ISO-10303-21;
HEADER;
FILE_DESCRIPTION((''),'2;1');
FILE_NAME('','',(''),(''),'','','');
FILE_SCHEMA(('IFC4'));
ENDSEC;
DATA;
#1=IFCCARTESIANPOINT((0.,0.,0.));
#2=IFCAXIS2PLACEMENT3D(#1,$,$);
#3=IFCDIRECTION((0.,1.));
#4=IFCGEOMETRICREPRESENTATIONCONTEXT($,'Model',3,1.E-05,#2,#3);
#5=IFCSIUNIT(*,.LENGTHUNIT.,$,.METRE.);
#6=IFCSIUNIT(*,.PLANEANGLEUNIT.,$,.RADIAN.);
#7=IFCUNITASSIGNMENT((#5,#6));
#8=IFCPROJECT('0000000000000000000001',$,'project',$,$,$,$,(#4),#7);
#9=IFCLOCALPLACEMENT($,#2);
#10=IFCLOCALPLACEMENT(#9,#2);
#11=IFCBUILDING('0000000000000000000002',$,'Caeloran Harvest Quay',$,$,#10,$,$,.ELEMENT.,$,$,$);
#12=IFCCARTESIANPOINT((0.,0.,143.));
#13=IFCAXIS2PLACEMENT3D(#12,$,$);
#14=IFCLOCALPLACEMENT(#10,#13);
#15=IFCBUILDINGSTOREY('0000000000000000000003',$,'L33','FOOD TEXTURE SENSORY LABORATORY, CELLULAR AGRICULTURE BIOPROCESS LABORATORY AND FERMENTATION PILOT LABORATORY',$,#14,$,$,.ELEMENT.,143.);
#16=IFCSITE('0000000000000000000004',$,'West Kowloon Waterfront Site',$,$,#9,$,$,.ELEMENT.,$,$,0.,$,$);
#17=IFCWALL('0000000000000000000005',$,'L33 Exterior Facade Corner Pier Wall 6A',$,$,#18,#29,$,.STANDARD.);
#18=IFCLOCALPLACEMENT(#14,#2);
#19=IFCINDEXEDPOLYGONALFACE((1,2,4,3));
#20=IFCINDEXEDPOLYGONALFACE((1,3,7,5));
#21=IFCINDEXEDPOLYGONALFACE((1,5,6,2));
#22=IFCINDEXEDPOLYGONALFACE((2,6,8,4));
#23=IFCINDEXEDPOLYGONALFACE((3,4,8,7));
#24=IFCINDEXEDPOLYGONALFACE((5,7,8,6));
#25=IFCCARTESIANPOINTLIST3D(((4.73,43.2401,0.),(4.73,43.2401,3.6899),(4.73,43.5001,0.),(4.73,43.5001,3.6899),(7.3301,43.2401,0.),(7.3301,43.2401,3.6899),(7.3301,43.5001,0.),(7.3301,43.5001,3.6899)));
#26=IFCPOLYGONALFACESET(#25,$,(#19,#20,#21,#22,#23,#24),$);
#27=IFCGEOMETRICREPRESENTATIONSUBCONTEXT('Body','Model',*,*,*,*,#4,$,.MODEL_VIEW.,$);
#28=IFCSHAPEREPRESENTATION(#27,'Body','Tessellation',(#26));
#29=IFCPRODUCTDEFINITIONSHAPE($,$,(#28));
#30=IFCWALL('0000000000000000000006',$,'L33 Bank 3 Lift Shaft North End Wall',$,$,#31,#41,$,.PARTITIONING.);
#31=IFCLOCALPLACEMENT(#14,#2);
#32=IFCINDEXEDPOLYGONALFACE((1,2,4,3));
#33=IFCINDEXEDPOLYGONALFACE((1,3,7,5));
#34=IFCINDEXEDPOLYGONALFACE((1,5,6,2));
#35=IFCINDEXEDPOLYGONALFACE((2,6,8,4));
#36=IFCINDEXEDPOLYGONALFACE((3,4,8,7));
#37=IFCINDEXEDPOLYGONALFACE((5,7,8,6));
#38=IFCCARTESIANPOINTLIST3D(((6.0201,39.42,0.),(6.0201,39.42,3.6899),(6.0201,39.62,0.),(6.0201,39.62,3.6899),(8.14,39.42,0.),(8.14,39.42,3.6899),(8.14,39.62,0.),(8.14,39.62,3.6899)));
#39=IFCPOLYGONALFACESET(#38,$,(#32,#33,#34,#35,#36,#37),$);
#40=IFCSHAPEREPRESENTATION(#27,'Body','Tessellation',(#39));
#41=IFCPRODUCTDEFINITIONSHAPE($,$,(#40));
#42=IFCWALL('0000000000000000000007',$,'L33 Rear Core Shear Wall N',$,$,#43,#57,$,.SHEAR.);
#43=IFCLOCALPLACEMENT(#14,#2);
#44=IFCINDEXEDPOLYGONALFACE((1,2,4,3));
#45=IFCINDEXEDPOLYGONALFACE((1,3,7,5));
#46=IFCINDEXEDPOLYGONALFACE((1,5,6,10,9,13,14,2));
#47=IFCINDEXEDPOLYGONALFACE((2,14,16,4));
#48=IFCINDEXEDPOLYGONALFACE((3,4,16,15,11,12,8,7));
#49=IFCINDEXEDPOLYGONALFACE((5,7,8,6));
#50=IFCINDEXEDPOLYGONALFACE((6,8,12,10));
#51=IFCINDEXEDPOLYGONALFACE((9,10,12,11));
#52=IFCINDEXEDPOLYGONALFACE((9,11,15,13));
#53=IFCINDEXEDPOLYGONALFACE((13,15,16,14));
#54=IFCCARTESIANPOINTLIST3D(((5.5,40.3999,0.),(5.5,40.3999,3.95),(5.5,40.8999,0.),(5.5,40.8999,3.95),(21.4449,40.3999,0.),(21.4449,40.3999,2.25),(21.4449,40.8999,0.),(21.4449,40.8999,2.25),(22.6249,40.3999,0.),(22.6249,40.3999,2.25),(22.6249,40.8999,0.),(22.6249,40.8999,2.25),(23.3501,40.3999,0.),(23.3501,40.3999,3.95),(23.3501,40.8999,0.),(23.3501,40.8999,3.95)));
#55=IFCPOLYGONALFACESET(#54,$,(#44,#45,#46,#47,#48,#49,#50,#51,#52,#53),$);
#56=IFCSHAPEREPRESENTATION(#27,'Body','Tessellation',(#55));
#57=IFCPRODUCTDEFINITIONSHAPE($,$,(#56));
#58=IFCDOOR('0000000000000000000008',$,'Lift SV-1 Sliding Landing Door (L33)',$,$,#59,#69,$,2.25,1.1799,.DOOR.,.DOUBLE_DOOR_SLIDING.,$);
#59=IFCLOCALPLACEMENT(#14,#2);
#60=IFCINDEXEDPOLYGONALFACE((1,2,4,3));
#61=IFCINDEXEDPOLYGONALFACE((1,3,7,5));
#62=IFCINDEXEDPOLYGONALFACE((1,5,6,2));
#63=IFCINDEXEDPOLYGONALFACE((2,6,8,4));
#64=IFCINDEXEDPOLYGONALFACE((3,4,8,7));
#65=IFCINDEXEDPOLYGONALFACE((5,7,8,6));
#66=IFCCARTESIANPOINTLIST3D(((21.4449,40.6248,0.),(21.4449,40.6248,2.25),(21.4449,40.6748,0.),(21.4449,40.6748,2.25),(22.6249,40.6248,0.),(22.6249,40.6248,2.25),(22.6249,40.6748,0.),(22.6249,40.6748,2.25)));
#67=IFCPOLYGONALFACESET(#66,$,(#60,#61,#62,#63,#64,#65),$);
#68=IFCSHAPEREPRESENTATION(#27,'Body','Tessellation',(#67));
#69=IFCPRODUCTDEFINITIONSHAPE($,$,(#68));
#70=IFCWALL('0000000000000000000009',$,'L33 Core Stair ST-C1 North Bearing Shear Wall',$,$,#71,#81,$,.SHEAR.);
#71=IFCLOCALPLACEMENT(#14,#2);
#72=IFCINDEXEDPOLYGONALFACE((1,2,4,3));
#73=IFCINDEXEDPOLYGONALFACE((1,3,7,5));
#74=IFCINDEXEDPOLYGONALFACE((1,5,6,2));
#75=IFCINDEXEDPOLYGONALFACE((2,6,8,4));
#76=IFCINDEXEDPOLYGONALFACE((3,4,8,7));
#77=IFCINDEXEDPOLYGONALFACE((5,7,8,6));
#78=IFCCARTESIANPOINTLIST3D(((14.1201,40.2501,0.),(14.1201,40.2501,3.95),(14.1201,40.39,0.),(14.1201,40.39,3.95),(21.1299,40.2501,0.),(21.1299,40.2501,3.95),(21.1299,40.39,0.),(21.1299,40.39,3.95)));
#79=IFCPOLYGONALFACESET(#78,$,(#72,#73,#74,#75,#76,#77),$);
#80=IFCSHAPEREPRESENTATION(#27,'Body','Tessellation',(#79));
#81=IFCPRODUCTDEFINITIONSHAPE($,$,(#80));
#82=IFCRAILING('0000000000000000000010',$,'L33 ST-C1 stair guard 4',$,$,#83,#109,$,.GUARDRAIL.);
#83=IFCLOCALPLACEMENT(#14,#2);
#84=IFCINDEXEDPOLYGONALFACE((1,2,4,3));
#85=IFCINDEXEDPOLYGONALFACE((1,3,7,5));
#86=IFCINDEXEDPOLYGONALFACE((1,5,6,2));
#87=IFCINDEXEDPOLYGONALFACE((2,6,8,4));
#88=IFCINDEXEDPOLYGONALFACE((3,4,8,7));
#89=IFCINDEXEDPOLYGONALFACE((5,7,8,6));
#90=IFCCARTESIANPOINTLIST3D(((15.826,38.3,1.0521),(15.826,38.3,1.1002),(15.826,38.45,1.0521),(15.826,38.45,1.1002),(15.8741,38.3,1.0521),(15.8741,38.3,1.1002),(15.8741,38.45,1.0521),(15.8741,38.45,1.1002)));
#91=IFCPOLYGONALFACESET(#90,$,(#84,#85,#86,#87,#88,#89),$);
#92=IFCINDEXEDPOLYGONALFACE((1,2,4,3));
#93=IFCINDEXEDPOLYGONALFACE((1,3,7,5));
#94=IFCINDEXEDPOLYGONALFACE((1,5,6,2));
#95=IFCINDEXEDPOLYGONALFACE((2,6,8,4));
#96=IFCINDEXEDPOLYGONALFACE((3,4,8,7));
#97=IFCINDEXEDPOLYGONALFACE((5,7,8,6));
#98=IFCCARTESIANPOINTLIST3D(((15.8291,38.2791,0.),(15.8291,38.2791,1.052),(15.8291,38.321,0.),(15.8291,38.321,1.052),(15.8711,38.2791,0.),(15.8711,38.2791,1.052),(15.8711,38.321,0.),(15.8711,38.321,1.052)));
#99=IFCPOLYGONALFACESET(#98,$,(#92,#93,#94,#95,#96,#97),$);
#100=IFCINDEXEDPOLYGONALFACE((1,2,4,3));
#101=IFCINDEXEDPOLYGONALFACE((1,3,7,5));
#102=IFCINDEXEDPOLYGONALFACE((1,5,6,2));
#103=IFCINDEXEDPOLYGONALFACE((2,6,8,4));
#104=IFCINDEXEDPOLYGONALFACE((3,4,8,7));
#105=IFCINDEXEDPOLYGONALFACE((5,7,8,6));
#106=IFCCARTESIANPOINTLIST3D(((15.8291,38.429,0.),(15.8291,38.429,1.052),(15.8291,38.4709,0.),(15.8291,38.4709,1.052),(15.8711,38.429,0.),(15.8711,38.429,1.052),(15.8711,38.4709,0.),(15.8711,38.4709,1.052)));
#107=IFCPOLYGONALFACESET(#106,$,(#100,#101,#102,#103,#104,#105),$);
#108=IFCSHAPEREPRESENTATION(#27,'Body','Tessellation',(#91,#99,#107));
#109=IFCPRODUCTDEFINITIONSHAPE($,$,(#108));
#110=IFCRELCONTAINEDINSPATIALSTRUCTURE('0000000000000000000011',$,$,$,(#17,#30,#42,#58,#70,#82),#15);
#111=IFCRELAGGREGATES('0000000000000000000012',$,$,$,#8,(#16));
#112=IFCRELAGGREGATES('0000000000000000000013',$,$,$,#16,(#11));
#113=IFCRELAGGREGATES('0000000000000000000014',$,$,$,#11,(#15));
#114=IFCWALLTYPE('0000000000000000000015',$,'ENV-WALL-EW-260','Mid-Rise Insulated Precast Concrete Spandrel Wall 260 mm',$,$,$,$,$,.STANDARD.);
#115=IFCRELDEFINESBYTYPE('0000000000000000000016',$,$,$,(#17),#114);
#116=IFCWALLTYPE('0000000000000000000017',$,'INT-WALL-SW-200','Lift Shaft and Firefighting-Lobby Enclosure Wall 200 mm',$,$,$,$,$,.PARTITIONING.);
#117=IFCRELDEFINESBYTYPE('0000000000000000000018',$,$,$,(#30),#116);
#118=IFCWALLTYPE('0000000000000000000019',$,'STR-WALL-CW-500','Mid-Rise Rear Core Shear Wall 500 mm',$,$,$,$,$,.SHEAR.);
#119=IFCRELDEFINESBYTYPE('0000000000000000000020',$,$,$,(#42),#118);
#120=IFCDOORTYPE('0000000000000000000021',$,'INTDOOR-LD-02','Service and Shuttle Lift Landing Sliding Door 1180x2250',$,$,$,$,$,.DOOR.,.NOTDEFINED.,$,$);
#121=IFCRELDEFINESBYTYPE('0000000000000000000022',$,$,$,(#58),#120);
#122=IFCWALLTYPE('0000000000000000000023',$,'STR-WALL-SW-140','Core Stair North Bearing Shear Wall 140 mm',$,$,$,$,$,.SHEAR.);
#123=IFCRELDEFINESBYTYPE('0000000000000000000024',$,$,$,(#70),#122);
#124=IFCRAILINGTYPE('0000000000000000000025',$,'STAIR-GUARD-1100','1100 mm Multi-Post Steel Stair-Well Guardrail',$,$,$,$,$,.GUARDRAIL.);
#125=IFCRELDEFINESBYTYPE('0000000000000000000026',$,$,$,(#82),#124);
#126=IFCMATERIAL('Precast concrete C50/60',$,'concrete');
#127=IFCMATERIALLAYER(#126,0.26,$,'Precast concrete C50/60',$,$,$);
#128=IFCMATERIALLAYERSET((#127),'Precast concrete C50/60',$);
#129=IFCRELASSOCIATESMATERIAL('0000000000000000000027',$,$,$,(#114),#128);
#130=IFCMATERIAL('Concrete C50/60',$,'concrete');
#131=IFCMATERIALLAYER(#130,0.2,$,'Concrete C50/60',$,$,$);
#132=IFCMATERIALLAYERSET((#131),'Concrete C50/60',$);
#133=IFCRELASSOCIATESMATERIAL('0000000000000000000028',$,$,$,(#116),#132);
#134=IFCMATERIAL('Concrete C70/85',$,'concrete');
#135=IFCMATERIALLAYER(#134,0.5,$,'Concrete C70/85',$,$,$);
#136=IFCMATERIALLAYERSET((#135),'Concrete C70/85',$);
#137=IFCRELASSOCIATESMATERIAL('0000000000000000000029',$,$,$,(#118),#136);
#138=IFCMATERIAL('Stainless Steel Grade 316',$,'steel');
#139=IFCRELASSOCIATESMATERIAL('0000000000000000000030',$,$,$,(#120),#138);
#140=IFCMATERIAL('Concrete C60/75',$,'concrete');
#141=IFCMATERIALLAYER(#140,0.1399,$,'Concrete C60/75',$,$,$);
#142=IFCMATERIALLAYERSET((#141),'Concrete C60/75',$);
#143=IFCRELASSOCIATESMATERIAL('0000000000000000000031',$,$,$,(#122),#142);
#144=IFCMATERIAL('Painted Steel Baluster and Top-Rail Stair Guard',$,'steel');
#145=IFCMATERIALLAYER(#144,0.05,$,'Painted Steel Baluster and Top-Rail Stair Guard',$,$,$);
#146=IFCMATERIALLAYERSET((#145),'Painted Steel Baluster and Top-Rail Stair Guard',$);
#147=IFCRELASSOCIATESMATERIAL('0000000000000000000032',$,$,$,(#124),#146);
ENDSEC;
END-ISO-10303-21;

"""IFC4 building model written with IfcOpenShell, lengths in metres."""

from ifc_helpers import new_model, si_unit, direction, frame, frame_2d, origin, origin_2d, place, context, subcontext, project, spatial, rectangle, extrude, material, layer, layer_set, type_object, element, fill, save


model = new_model("IFC4")

# Units and contexts
model_context = context("Model", 3, precision=1e-05, world=origin(), true_north=direction((0.0, 1.0)))
body_context = subcontext(model_context, "Body", "Model", "MODEL_VIEW")
ifc_project = project(units=[si_unit("LENGTHUNIT", "METRE"), si_unit("PLANEANGLEUNIT", "RADIAN")], contexts=[model_context])

# Site, building, storey
site_placement = place(None, origin())
site = spatial("IfcSite", under=ifc_project, at=site_placement, Name="West Kowloon Waterfront Site", CompositionType="ELEMENT", RefElevation=0.0)
building_placement = place(site_placement, origin())
building = spatial("IfcBuilding", under=site, at=building_placement, Name="Caeloran Harvest Quay", CompositionType="ELEMENT")
storey_placement = place(building_placement, frame((0.0, 0.0, 143.0)))
storey = spatial("IfcBuildingStorey", under=building, at=storey_placement, Name="L33", Description="FOOD TEXTURE SENSORY LABORATORY, CELLULAR AGRICULTURE BIOPROCESS LABORATORY AND FERMENTATION PILOT LABORATORY", CompositionType="ELEMENT", Elevation=143.0)

# Walls
ifc_material_1 = material(Name="Precast concrete C50/60", Category="concrete")
ifc_layer_1 = layer(ifc_material_1, 0.26, Name="Precast concrete C50/60")
ifc_layer_set_1 = layer_set([ifc_layer_1], Name="Precast concrete C50/60")
wall_type_1 = type_object("IfcWallType", Name="ENV-WALL-EW-260", Description="Mid-Rise Insulated Precast Concrete Spandrel Wall 260 mm", PredefinedType="STANDARD", material=ifc_layer_set_1)
wall_1_placement = place(storey_placement, frame((4.73, 43.3701, 0.0), z_axis=(0.0, 0.0, 1.0), x_axis=(1.0, 0.0, 0.0)))
element("IfcWall", 1, at=wall_1_placement, inside=storey, type_object=wall_type_1, Name="L33 Exterior Facade Corner Pier Wall 6A", PredefinedType="STANDARD", context=body_context, shape_type="SweptSolid", body=[
    extrude(rectangle(XDim=2.6001, YDim=0.26, at=frame_2d((1.3, 0.0))), origin(), (0.0, 0.0, 1.0), 3.6899),
])
ifc_material_2 = material(Name="Concrete C50/60", Category="concrete")
ifc_layer_2 = layer(ifc_material_2, 0.2, Name="Concrete C50/60")
ifc_layer_set_2 = layer_set([ifc_layer_2], Name="Concrete C50/60")
wall_type_2 = type_object("IfcWallType", Name="INT-WALL-SW-200", Description="Lift Shaft and Firefighting-Lobby Enclosure Wall 200 mm", PredefinedType="PARTITIONING", material=ifc_layer_set_2)
wall_2_placement = place(storey_placement, frame((6.02, 39.52, 0.0), z_axis=(0.0, 0.0, 1.0), x_axis=(1.0, 0.0, 0.0)))
element("IfcWall", 2, at=wall_2_placement, inside=storey, type_object=wall_type_2, Name="L33 Bank 3 Lift Shaft North End Wall", PredefinedType="PARTITIONING", context=body_context, shape_type="SweptSolid", body=[
    extrude(rectangle(XDim=2.1199, YDim=0.2, at=frame_2d((1.0601, 0.0))), origin(), (0.0, 0.0, 1.0), 3.6899),
])

# Wall, opening, door
ifc_material_3 = material(Name="Concrete C70/85", Category="concrete")
ifc_layer_3 = layer(ifc_material_3, 0.5, Name="Concrete C70/85")
ifc_layer_set_3 = layer_set([ifc_layer_3], Name="Concrete C70/85")
wall_type_3 = type_object("IfcWallType", Name="STR-WALL-CW-500", Description="Mid-Rise Rear Core Shear Wall 500 mm", PredefinedType="SHEAR", material=ifc_layer_set_3)
wall_3_placement = place(storey_placement, frame((5.5, 40.6499, 0.0), z_axis=(0.0, 0.0, 1.0), x_axis=(1.0, 0.0, 0.0)))
wall_3 = element("IfcWall", 3, at=wall_3_placement, inside=storey, type_object=wall_type_3, Name="L33 Rear Core Shear Wall N", PredefinedType="SHEAR", context=body_context, shape_type="SweptSolid", body=[
    extrude(rectangle(XDim=17.8501, YDim=0.5, at=frame_2d((8.925, 0.0))), origin(), (0.0, 0.0, 1.0), 3.95),
])
opening_placement = place(wall_3_placement, frame((15.9451, 0.0, 0.0)))
opening = element("IfcOpeningElement", 4, at=opening_placement, cuts=wall_3, PredefinedType="OPENING", context=body_context, shape_type="SweptSolid", body=[
    extrude(rectangle(XDim=1.1799, YDim=2.25, at=frame_2d((0.5898, 1.125))), frame((0.0, 0.26, 0.0), z_axis=(0.0, -1.0, 0.0), x_axis=(1.0, 0.0, 0.0)), (0.0, 0.0, 1.0), 0.52),
])
ifc_material_4 = material(Name="Stainless Steel Grade 316", Category="steel")
door_type = type_object("IfcDoorType", Name="INTDOOR-LD-02", Description="Service and Shuttle Lift Landing Sliding Door 1180x2250", OperationType="NOTDEFINED", PredefinedType="DOOR", material=ifc_material_4)
door_placement = place(opening_placement, origin())
door = element("IfcDoor", 5, at=door_placement, inside=storey, type_object=door_type, Name="Lift SV-1 Sliding Landing Door (L33)", OperationType="DOUBLE_DOOR_SLIDING", OverallHeight=2.25, OverallWidth=1.1799, PredefinedType="DOOR", context=body_context, shape_type="SweptSolid", body=[
    extrude(rectangle(XDim=1.1799, YDim=2.25, at=frame_2d((0.5898, 1.125))), frame((0.0, 0.0249, 0.0), z_axis=(0.0, -1.0, 0.0), x_axis=(1.0, 0.0, 0.0)), (0.0, 0.0, 1.0), 0.05),
])
fill(opening, door)

# Wall
ifc_material_5 = material(Name="Concrete C60/75", Category="concrete")
ifc_layer_4 = layer(ifc_material_5, 0.1399, Name="Concrete C60/75")
ifc_layer_set_4 = layer_set([ifc_layer_4], Name="Concrete C60/75")
wall_type_4 = type_object("IfcWallType", Name="STR-WALL-SW-140", Description="Core Stair North Bearing Shear Wall 140 mm", PredefinedType="SHEAR", material=ifc_layer_set_4)
wall_4_placement = place(storey_placement, frame((14.1201, 40.3201, 0.0), z_axis=(0.0, 0.0, 1.0), x_axis=(1.0, 0.0, 0.0)))
element("IfcWall", 6, at=wall_4_placement, inside=storey, type_object=wall_type_4, Name="L33 Core Stair ST-C1 North Bearing Shear Wall", PredefinedType="SHEAR", context=body_context, shape_type="SweptSolid", body=[
    extrude(rectangle(XDim=7.0098, YDim=0.1399, at=frame_2d((3.5049, 0.0))), origin(), (0.0, 0.0, 1.0), 3.95),
])

# Railing
ifc_material_6 = material(Name="Painted Steel Baluster and Top-Rail Stair Guard", Category="steel")
ifc_layer_5 = layer(ifc_material_6, 0.05, Name="Painted Steel Baluster and Top-Rail Stair Guard")
ifc_layer_set_5 = layer_set([ifc_layer_5], Name="Painted Steel Baluster and Top-Rail Stair Guard")
railing_type = type_object("IfcRailingType", Name="STAIR-GUARD-1100", Description="1100 mm Multi-Post Steel Stair-Well Guardrail", PredefinedType="GUARDRAIL", material=ifc_layer_set_5)
railing_placement = place(storey_placement, frame((15.8501, 38.3, 0.0)))
element("IfcRailing", 7, at=railing_placement, inside=storey, type_object=railing_type, Name="L33 ST-C1 stair guard 4", PredefinedType="GUARDRAIL", context=body_context, shape_type="SweptSolid", body=[
    extrude(rectangle(XDim=0.0481, YDim=0.0481, at=origin_2d()), frame((0.0, 0.0, 1.0762), z_axis=(0.0, 1.0, 0.0), x_axis=(-1.0, 0.0, 0.0)), (0.0, 0.0, 1.0), 0.1499),
    extrude(rectangle(XDim=0.042, YDim=0.042, at=origin_2d()), origin(), (0.0, 0.0, 1.0), 1.052),
    extrude(rectangle(XDim=0.042, YDim=0.042, at=origin_2d()), frame((0.0, 0.1499, 0.0)), (0.0, 0.0, 1.0), 1.052),
])

save(model, "model.ifc")
